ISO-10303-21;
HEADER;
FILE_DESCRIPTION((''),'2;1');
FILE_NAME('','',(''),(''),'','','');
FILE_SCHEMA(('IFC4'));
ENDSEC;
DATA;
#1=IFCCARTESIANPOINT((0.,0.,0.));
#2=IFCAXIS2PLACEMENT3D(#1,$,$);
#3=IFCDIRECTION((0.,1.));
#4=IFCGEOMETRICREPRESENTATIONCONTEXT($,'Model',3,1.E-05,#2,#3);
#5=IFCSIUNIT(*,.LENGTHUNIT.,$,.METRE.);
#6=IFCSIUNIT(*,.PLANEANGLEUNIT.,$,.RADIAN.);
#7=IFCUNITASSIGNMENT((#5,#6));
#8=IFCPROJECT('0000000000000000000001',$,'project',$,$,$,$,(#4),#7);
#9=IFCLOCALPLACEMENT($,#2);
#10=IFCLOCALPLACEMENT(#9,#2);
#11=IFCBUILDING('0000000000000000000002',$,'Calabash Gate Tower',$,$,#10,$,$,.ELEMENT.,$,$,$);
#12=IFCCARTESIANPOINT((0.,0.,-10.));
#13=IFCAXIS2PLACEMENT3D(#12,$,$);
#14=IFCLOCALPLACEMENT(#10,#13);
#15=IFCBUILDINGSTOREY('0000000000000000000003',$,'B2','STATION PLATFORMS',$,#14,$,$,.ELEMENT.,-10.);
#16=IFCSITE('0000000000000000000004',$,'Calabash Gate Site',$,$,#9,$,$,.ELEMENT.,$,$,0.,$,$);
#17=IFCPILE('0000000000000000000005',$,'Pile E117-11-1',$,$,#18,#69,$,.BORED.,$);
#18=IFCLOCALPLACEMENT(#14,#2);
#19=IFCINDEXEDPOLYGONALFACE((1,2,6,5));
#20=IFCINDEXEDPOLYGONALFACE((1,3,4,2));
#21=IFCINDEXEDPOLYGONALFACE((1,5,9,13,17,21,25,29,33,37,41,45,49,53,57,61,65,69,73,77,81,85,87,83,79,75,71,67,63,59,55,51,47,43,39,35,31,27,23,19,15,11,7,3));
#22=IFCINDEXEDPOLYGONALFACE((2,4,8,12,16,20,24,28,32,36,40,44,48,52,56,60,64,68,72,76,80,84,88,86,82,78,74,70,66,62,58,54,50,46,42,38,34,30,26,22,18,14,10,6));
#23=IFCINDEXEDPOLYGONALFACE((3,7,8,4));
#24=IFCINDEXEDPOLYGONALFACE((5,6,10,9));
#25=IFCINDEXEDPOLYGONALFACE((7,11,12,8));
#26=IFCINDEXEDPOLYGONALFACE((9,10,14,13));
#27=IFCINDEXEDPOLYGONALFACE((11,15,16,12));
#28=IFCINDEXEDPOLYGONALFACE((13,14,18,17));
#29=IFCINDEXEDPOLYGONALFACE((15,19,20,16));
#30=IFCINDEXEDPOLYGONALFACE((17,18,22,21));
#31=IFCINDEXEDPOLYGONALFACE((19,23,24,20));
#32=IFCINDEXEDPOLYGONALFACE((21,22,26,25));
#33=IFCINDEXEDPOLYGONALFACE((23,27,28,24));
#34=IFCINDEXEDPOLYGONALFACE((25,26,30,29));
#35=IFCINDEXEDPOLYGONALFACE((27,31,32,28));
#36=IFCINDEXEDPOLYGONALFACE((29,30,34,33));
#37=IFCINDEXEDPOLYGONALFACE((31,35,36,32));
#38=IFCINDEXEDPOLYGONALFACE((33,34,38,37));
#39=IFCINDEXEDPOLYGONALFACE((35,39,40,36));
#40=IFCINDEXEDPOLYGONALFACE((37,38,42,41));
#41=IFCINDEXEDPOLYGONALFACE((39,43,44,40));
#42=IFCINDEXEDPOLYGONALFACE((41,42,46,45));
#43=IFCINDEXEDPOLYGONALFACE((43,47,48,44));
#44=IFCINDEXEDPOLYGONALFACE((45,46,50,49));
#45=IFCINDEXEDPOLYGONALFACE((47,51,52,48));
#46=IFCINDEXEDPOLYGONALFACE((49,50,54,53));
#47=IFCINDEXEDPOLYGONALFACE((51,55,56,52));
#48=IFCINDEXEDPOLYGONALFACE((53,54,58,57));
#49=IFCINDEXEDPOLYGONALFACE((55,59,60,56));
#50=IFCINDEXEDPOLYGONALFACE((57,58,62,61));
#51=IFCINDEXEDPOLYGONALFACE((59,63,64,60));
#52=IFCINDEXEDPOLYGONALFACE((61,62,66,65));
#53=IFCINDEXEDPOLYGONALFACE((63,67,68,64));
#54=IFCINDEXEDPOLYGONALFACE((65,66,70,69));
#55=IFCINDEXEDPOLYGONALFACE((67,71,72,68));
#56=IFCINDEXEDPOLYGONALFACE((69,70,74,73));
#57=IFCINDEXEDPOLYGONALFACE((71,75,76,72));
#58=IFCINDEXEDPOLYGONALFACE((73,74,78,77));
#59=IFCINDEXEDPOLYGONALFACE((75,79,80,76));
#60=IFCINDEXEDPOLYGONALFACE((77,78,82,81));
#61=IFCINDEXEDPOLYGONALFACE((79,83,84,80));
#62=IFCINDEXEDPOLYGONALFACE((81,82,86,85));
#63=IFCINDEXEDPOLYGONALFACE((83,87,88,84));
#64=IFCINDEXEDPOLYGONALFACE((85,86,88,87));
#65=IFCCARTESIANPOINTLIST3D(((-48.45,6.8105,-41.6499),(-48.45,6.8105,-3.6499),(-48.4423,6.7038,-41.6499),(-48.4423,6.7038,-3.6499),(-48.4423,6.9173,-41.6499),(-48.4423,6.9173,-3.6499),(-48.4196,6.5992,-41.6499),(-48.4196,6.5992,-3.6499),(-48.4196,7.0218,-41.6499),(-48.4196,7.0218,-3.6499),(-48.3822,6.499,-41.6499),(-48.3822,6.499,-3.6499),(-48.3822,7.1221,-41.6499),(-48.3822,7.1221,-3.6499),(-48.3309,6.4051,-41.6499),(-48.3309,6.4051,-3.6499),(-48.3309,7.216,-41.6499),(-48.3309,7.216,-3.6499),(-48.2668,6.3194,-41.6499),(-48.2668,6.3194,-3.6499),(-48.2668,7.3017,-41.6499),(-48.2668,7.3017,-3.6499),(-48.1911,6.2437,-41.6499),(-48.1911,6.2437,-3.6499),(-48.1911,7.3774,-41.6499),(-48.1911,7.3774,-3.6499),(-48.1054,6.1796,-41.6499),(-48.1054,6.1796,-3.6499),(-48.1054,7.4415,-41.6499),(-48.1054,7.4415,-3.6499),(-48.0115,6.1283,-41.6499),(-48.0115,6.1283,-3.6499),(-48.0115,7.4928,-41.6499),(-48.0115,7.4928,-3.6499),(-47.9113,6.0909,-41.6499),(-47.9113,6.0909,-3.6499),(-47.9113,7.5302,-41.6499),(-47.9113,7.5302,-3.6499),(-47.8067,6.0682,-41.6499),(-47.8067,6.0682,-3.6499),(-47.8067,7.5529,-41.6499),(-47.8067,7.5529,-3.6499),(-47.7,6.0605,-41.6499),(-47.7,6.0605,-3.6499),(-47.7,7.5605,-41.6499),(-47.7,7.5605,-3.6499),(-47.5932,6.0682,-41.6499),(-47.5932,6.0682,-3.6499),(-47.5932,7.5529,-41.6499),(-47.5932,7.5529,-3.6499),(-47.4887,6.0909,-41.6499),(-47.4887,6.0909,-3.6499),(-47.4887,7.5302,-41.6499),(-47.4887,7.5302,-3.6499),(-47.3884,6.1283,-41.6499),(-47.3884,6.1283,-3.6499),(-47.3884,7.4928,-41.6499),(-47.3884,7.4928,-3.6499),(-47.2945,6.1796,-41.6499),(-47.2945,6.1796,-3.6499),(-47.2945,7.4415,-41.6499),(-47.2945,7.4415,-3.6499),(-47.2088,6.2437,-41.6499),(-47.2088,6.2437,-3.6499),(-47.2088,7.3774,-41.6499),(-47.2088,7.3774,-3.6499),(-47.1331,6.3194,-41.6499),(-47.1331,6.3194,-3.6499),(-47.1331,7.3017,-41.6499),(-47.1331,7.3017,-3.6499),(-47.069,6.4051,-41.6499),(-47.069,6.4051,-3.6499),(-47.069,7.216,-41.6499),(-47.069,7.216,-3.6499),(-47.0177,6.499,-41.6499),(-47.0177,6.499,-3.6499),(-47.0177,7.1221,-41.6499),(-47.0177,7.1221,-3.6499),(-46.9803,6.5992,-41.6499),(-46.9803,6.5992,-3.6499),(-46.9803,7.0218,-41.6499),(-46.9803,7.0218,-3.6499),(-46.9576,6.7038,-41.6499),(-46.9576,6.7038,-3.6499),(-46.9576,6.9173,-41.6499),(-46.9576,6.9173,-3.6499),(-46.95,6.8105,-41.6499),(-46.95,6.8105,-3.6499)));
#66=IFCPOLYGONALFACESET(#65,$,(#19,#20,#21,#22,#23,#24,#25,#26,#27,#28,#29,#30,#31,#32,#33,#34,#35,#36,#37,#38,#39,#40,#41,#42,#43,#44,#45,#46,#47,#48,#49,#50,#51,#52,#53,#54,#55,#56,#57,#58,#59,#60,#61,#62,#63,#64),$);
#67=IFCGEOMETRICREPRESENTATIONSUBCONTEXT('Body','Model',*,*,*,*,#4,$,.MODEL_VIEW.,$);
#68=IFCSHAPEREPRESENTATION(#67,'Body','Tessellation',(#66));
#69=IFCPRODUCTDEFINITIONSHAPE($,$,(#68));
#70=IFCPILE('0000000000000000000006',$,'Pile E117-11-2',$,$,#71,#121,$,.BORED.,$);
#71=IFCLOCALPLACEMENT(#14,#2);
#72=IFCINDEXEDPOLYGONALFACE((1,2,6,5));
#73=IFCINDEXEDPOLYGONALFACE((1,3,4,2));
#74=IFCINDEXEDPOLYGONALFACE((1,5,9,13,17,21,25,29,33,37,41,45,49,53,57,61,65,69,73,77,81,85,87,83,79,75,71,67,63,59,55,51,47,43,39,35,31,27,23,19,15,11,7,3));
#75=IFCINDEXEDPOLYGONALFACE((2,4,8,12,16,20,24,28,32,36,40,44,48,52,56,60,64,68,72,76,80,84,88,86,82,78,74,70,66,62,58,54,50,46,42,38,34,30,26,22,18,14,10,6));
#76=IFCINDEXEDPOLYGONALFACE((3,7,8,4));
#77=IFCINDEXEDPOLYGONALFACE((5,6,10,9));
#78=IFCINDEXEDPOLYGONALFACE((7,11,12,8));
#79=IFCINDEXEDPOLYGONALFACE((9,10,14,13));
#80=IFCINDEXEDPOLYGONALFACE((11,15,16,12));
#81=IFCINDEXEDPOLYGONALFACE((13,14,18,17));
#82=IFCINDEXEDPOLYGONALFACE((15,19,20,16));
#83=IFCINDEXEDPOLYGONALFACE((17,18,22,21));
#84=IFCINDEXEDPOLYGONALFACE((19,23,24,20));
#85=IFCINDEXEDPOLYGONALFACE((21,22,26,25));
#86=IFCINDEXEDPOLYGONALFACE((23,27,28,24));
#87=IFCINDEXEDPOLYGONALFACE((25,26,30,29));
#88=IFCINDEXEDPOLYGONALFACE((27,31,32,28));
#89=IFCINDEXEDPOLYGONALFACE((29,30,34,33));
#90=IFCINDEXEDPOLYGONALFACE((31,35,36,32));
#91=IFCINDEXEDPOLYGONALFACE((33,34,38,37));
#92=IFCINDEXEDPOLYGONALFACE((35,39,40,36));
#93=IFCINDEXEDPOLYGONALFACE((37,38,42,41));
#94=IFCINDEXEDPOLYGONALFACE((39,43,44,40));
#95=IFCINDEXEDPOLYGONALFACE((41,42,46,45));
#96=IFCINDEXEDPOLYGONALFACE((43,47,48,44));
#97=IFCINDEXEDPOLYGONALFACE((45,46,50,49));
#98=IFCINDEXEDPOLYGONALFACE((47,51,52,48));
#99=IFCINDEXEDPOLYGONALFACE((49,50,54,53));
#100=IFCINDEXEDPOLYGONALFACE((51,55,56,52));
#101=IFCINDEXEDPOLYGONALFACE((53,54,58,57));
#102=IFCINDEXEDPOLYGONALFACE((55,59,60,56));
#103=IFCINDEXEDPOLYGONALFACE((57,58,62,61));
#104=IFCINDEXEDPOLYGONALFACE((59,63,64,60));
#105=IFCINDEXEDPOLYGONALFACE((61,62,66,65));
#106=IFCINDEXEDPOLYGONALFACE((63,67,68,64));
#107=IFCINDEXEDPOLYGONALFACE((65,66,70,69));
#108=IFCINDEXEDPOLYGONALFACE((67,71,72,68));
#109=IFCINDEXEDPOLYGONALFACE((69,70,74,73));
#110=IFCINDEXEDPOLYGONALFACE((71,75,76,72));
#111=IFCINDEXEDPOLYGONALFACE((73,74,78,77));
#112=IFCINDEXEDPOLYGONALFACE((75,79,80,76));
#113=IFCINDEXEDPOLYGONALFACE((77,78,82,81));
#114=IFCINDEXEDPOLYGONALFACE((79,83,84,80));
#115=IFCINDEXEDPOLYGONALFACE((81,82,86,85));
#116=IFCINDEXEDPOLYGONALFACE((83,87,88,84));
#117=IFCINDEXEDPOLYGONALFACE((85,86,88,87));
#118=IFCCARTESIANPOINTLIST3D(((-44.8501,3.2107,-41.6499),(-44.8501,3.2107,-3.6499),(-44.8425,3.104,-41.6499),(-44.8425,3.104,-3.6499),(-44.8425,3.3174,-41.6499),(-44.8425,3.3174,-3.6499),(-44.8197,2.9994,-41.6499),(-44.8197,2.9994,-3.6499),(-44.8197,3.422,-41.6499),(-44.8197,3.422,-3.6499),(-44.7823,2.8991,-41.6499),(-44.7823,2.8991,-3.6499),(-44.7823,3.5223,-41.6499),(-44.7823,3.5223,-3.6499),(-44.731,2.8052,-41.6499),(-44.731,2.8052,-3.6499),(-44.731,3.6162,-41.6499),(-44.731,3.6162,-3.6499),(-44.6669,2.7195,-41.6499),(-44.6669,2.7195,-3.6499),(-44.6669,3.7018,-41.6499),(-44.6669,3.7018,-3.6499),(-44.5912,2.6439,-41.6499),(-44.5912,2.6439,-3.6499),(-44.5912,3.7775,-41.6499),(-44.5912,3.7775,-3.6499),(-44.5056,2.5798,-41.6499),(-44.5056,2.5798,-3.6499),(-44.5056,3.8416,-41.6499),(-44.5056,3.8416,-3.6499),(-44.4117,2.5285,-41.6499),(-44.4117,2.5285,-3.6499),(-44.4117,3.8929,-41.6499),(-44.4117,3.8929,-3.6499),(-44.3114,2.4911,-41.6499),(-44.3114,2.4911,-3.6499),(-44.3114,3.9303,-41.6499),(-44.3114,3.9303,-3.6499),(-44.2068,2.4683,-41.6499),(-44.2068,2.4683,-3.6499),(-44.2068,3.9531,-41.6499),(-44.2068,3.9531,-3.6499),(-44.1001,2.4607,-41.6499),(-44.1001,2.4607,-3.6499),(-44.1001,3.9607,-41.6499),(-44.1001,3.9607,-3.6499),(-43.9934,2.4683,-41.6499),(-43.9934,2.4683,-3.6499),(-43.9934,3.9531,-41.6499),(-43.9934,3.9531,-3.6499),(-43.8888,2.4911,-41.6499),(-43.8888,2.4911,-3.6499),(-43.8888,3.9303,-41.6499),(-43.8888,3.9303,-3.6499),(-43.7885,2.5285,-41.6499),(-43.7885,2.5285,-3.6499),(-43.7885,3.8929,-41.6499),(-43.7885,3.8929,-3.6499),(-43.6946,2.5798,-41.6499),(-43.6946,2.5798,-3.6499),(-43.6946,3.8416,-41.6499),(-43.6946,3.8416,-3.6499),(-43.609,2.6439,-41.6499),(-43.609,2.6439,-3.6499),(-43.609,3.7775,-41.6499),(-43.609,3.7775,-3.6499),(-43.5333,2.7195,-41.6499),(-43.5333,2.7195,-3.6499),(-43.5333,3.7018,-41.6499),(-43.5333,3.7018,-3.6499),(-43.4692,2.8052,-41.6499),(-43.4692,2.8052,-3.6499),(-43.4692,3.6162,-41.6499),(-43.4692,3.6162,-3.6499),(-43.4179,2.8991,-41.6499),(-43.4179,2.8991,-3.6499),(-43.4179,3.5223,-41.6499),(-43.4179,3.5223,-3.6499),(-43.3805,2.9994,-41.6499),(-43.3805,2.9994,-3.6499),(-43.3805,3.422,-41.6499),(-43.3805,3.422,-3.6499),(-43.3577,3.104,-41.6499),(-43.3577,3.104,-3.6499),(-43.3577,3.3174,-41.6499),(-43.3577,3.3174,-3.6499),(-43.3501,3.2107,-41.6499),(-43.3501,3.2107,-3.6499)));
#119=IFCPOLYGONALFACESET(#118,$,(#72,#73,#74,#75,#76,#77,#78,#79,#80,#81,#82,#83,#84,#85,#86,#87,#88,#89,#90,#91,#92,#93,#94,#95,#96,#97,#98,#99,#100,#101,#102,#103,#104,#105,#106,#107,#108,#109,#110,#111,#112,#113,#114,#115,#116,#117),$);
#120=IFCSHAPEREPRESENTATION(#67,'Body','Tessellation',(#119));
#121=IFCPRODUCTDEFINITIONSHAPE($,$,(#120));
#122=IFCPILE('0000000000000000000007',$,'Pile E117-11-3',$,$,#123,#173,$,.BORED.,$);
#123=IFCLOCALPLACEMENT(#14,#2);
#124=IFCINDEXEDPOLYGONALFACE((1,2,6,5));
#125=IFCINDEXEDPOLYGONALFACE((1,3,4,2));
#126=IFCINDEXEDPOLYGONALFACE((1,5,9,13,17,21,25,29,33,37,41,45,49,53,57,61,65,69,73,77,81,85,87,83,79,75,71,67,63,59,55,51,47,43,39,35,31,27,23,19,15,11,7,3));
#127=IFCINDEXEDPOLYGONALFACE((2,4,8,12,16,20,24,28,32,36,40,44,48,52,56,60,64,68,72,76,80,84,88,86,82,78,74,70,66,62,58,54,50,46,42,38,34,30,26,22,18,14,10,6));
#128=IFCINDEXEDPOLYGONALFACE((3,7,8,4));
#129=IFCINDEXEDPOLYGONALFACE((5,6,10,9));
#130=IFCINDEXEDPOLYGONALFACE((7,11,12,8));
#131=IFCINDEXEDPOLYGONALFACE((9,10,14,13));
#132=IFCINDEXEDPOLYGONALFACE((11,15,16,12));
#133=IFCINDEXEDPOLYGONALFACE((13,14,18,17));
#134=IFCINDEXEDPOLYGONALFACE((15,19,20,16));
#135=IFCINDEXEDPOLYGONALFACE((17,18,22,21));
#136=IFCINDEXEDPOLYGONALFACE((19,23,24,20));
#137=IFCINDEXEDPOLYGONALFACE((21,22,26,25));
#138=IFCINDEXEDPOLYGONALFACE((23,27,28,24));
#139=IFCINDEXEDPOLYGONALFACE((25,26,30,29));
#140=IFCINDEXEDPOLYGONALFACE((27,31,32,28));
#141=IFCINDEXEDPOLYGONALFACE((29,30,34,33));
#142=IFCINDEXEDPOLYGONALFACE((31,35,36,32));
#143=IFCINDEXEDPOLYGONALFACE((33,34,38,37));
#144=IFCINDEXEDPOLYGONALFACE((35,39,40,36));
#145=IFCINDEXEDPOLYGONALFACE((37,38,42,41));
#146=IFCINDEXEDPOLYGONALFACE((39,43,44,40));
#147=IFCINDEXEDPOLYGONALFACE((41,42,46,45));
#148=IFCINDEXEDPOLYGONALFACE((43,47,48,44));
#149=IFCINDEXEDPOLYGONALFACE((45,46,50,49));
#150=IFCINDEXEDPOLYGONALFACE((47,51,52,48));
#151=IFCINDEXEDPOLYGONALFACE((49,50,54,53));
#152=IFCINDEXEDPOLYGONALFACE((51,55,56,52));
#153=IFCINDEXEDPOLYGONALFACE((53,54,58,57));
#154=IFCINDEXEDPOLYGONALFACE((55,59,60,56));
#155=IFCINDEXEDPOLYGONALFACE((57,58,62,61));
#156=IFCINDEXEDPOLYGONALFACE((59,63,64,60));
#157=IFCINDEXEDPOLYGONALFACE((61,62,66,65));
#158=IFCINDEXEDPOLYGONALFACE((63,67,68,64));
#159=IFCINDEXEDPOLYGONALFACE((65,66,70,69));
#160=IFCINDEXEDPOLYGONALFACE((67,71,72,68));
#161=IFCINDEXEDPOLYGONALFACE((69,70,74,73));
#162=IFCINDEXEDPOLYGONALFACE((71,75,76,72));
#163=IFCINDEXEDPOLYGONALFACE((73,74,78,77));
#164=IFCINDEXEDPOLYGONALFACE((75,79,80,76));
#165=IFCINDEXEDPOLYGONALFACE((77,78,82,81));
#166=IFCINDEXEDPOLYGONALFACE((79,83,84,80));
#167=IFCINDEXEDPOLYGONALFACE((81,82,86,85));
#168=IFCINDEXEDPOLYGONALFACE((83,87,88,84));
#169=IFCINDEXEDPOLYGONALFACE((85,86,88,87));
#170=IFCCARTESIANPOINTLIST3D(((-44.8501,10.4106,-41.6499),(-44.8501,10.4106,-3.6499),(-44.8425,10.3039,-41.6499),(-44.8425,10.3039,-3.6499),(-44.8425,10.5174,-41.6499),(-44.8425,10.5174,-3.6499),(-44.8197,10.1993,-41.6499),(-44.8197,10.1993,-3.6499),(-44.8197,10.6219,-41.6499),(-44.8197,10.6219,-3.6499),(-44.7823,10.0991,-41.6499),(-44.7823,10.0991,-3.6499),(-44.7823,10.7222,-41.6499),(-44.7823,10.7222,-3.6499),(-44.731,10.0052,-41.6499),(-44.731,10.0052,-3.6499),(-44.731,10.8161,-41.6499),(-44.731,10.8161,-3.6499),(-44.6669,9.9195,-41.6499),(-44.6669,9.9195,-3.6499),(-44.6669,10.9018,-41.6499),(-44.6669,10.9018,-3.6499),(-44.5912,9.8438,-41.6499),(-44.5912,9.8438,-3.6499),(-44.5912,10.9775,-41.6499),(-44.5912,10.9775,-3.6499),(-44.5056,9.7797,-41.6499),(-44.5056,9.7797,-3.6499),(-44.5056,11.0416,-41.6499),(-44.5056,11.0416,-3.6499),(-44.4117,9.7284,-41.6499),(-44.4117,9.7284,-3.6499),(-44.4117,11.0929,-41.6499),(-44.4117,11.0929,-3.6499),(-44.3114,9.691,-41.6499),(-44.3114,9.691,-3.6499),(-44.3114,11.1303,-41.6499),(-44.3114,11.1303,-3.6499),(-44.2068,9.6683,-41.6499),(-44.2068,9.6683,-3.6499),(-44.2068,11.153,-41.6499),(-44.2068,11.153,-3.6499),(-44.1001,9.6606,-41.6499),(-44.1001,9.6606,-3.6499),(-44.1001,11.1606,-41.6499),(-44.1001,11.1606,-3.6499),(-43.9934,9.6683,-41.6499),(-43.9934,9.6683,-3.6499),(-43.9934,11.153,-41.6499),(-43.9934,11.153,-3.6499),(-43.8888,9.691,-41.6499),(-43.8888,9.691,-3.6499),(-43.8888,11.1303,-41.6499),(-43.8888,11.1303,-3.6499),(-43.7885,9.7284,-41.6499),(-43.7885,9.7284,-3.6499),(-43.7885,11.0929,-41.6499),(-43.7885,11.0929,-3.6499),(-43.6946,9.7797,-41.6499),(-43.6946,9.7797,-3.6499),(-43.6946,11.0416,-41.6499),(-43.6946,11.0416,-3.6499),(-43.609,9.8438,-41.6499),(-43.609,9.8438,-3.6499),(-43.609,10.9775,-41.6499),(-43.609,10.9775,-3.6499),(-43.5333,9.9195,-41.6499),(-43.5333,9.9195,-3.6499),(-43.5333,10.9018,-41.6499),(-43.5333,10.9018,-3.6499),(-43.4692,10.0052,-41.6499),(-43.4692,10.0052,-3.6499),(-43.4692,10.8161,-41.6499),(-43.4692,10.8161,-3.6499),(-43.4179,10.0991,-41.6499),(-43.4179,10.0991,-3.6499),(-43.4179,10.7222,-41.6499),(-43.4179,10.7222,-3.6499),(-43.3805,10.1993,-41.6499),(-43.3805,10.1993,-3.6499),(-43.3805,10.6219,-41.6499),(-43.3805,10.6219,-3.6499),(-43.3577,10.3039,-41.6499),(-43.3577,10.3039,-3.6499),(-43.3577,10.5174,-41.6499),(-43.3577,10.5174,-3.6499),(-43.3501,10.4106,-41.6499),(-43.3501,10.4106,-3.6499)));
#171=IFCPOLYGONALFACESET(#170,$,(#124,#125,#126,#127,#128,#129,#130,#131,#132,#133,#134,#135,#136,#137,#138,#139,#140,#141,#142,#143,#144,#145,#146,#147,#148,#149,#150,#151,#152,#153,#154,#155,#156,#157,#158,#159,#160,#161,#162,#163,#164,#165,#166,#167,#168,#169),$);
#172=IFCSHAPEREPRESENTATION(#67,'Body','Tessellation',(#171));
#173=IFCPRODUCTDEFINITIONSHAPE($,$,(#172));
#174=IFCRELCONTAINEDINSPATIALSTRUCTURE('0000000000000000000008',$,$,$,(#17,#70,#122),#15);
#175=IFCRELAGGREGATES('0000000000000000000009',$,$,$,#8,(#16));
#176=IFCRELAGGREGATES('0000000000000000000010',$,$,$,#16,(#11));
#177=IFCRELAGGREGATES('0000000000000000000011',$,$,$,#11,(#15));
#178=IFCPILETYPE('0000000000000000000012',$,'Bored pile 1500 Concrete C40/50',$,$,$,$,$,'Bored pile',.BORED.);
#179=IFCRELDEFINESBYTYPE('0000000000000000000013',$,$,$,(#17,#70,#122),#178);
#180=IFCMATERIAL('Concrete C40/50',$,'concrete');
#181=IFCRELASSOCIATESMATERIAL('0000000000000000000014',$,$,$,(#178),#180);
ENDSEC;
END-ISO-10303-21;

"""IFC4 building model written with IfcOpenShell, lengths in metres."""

from ifc_helpers import new_model, si_unit, direction, frame, origin, origin_2d, place, context, subcontext, project, spatial, circle, extrude, material, material_profile, profile_set, type_object, element, save


model = new_model("IFC4")

# Units and contexts
model_context = context("Model", 3, precision=1e-05, world=origin(), true_north=direction((0.0, 1.0)))
body_context = subcontext(model_context, "Body", "Model", "MODEL_VIEW")
ifc_project = project(units=[si_unit("LENGTHUNIT", "METRE"), si_unit("PLANEANGLEUNIT", "RADIAN")], contexts=[model_context])

# Site, building, storey
site_placement = place(None, origin())
site = spatial("IfcSite", under=ifc_project, at=site_placement, Name="Calabash Gate Site", CompositionType="ELEMENT", RefElevation=0.0)
building_placement = place(site_placement, origin())
building = spatial("IfcBuilding", under=site, at=building_placement, Name="Calabash Gate Tower", CompositionType="ELEMENT")
storey_placement = place(building_placement, frame((0.0, 0.0, -10.0)))
storey = spatial("IfcBuildingStorey", under=building, at=storey_placement, Name="B2", Description="STATION PLATFORMS", CompositionType="ELEMENT", Elevation=-10.0)

# Piles
ifc_material_1 = material(Name="Concrete C40/50", Category="concrete")
ifc_material_profile_1 = material_profile(ifc_material_1, circle(Radius=0.75, at=origin_2d()))
ifc_profile_set_1 = profile_set([ifc_material_profile_1], Name="Concrete C40/50")
pile_type = type_object("IfcPileType", Name="Bored pile 1500 Concrete C40/50", ElementType="Bored pile", PredefinedType="BORED", material=ifc_profile_set_1)
for number, where, z_axis, x_axis, name in (
    (1, (-47.7, 6.8105, -3.6499), (0.0, 0.0, -1.0), (1.0, 0.0, 0.0), "Pile E117-11-1"),
    (2, (-44.1001, 3.2107, -3.6499), (0.0, 0.0, -1.0), (1.0, 0.0, 0.0), "Pile E117-11-2"),
    (3, (-44.1001, 10.4106, -3.6499), (0.0, 0.0, -1.0), (1.0, 0.0, 0.0), "Pile E117-11-3"),
):
    element("IfcPile", number, at=place(storey_placement, frame(where, z_axis=z_axis, x_axis=x_axis)), inside=storey, type_object=pile_type, Name=name, PredefinedType="BORED", context=body_context, shape_type="SweptSolid", body=[
        extrude(circle(Radius=0.75, at=origin_2d()), origin(), (0.0, 0.0, 1.0), 38.0),
    ])

save(model, "model.ifc")
